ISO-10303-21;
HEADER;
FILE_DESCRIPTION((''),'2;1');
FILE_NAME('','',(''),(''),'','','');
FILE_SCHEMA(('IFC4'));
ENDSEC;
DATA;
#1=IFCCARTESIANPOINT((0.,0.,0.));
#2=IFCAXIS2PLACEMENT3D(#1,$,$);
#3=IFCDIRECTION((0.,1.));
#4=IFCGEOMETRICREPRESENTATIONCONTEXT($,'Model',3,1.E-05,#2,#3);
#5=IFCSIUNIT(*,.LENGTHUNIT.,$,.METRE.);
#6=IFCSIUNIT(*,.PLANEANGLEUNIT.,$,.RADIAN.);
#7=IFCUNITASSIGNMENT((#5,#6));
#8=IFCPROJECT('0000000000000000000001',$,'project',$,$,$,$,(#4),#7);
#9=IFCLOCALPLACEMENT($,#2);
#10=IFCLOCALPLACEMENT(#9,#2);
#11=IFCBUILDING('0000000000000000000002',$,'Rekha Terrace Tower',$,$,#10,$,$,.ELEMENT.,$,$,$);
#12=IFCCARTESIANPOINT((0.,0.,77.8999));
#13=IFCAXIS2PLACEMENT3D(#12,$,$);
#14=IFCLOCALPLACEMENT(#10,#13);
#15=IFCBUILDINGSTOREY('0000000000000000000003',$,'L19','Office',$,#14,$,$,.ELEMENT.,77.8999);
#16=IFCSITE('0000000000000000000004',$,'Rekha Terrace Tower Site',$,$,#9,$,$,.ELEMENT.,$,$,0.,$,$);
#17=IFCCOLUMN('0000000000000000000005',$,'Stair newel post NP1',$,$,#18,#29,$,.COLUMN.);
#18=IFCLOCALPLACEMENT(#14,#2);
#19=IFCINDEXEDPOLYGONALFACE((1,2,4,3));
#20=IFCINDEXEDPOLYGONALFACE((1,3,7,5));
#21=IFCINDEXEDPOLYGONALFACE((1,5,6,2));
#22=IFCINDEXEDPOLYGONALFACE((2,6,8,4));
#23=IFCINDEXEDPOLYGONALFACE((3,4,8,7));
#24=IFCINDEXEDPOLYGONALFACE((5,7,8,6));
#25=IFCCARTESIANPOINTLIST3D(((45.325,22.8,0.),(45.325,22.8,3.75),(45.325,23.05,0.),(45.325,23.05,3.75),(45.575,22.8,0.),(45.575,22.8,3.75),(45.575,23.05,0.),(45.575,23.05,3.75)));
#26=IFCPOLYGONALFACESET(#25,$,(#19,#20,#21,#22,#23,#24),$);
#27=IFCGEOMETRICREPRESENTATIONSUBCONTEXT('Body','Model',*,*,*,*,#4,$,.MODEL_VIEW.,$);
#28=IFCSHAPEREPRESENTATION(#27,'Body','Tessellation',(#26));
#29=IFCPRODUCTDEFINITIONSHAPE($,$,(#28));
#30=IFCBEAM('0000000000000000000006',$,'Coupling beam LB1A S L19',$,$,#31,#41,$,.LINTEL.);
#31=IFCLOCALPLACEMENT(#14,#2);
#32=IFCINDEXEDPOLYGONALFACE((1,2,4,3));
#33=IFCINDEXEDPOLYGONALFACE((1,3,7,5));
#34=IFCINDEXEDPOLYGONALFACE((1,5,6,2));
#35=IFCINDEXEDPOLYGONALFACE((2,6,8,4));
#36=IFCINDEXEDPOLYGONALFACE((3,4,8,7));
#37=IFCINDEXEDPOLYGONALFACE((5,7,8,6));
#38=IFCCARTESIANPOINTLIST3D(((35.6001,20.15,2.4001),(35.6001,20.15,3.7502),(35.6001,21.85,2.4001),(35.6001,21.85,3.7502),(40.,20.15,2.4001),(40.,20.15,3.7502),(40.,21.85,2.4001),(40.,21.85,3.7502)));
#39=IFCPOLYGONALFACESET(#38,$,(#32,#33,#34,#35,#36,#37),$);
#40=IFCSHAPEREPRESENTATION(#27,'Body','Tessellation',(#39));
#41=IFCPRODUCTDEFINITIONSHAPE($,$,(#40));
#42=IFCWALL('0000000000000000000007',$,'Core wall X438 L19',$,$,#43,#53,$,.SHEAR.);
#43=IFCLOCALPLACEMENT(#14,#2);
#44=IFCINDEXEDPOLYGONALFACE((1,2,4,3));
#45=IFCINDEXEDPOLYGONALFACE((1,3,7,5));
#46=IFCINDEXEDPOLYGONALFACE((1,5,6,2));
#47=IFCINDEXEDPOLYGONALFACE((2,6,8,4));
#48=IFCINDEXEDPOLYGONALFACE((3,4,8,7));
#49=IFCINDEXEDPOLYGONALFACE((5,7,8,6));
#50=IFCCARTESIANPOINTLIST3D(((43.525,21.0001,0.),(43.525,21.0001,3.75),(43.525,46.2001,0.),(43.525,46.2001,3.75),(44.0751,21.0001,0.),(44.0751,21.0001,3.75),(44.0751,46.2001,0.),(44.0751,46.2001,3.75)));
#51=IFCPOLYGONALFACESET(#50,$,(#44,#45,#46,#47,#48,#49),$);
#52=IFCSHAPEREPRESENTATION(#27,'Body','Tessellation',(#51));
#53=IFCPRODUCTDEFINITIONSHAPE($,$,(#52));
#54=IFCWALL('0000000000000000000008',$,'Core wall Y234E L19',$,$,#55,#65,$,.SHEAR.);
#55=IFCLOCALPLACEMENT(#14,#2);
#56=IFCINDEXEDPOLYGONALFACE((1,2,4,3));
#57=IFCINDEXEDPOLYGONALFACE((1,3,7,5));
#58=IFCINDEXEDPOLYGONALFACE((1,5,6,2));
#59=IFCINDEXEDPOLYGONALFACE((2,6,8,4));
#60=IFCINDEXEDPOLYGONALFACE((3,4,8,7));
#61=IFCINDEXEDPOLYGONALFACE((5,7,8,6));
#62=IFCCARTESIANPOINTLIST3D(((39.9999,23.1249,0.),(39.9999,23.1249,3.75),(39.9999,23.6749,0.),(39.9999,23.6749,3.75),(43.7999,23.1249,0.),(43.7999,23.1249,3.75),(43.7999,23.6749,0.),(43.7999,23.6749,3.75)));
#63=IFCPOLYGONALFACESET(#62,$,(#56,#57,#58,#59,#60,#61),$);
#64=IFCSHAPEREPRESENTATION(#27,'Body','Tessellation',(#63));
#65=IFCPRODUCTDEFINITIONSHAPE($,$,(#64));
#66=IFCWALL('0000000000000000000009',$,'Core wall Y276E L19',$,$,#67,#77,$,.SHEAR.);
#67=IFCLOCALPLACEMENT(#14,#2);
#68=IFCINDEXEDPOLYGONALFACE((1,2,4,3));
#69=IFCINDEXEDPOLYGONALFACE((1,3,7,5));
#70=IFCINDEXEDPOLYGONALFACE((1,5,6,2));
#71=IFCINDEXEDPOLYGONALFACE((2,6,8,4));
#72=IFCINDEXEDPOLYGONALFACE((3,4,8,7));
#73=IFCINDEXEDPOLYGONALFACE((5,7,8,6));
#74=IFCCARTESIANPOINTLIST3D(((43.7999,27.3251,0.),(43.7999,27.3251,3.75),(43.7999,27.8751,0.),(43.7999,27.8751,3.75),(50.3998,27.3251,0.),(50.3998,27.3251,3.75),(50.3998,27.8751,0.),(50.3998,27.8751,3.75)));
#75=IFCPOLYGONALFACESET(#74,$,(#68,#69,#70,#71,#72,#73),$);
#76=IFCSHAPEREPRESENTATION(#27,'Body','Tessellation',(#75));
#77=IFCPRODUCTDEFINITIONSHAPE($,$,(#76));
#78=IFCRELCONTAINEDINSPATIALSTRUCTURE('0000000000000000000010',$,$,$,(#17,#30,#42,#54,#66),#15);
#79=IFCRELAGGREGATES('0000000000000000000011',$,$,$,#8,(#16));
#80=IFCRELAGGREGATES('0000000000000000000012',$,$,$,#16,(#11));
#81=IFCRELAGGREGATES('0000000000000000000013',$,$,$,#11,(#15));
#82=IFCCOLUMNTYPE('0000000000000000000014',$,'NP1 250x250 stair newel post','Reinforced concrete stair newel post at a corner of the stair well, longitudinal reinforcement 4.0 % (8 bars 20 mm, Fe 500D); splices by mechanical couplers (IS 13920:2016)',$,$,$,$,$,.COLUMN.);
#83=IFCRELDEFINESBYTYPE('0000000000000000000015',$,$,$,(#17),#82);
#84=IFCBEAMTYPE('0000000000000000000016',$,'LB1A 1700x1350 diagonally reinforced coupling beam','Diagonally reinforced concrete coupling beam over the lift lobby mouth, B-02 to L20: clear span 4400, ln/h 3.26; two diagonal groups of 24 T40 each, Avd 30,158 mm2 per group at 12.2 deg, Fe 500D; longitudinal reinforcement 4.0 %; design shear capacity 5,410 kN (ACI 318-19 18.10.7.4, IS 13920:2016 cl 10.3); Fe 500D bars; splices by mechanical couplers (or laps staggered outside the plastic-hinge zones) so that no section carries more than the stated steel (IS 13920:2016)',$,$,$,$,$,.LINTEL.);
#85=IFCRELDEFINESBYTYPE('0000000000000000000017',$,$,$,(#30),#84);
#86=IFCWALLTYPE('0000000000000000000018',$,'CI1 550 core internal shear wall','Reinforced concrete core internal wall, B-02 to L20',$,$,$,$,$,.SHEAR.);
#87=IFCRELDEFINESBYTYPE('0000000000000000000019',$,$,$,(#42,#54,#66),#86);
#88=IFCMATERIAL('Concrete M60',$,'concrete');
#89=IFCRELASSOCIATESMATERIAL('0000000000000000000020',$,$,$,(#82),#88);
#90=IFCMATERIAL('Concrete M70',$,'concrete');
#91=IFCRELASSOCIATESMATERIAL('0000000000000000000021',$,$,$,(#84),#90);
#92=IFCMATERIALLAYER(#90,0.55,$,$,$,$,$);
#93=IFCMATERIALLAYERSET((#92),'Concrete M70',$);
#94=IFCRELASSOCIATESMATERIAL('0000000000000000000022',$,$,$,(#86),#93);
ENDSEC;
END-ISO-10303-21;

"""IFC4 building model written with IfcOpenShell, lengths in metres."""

from ifc_helpers import new_model, si_unit, direction, frame, frame_2d, origin, origin_2d, place, context, subcontext, project, spatial, rectangle, extrude, material, layer, layer_set, material_profile, profile_set, type_object, element, save


model = new_model("IFC4")

# Units and contexts
model_context = context("Model", 3, precision=1e-05, world=origin(), true_north=direction((0.0, 1.0)))
body_context = subcontext(model_context, "Body", "Model", "MODEL_VIEW")
ifc_project = project(units=[si_unit("LENGTHUNIT", "METRE"), si_unit("PLANEANGLEUNIT", "RADIAN")], contexts=[model_context])

# Site, building, storey
site_placement = place(None, origin())
site = spatial("IfcSite", under=ifc_project, at=site_placement, Name="Rekha Terrace Tower Site", CompositionType="ELEMENT", RefElevation=0.0)
building_placement = place(site_placement, origin())
building = spatial("IfcBuilding", under=site, at=building_placement, Name="Rekha Terrace Tower", CompositionType="ELEMENT")
storey_placement = place(building_placement, frame((0.0, 0.0, 77.8999)))
storey = spatial("IfcBuildingStorey", under=building, at=storey_placement, Name="L19", Description="Office", CompositionType="ELEMENT", Elevation=77.8999)

# Column
ifc_material_1 = material(Name="Concrete M60", Category="concrete")
ifc_material_profile_1 = material_profile(ifc_material_1, rectangle(XDim=0.25, YDim=0.25, at=origin_2d()), Name="RC 250x250")
ifc_profile_set_1 = profile_set([ifc_material_profile_1], Name="Concrete M60")
column_type = type_object("IfcColumnType", Name="NP1 250x250 stair newel post", Description="Reinforced concrete stair newel post at a corner of the stair well, longitudinal reinforcement 4.0 % (8 bars 20 mm, Fe 500D); splices by mechanical couplers (IS 13920:2016)", PredefinedType="COLUMN", material=ifc_profile_set_1)
column_placement = place(storey_placement, frame((45.45, 22.925, 0.0), z_axis=(0.0, 0.0, 1.0), x_axis=(1.0, 0.0, 0.0)))
element("IfcColumn", 1, at=column_placement, inside=storey, type_object=column_type, Name="Stair newel post NP1", PredefinedType="COLUMN", context=body_context, shape_type="SweptSolid", body=[
    extrude(rectangle(XDim=0.25, YDim=0.25, at=origin_2d()), origin(), (0.0, 0.0, 1.0), 3.75),
])

# Beam
ifc_material_2 = material(Name="Concrete M70", Category="concrete")
ifc_material_profile_2 = material_profile(ifc_material_2, rectangle(XDim=1.7, YDim=1.3501, at=origin_2d()), Name="RC 1700x1350")
ifc_profile_set_2 = profile_set([ifc_material_profile_2], Name="Concrete M70")
beam_type = type_object("IfcBeamType", Name="LB1A 1700x1350 diagonally reinforced coupling beam", Description="Diagonally reinforced concrete coupling beam over the lift lobby mouth, B-02 to L20: clear span 4400, ln/h 3.26; two diagonal groups of 24 T40 each, Avd 30,158 mm2 per group at 12.2 deg, Fe 500D; longitudinal reinforcement 4.0 %; design shear capacity 5,410 kN (ACI 318-19 18.10.7.4, IS 13920:2016 cl 10.3); Fe 500D bars; splices by mechanical couplers (or laps staggered outside the plastic-hinge zones) so that no section carries more than the stated steel (IS 13920:2016)", PredefinedType="LINTEL", material=ifc_profile_set_2)
beam_placement = place(storey_placement, frame((35.6001, 21.0, 3.0752), z_axis=(1.0, 0.0, 0.0), x_axis=(0.0, 1.0, 0.0)))
element("IfcBeam", 2, at=beam_placement, inside=storey, type_object=beam_type, Name="Coupling beam LB1A S L19", PredefinedType="LINTEL", context=body_context, shape_type="SweptSolid", body=[
    extrude(rectangle(XDim=1.7, YDim=1.3501, at=origin_2d()), origin(), (0.0, 0.0, 1.0), 4.3999),
])

# Walls
ifc_layer_1 = layer(ifc_material_2, 0.55)
ifc_layer_set_1 = layer_set([ifc_layer_1], Name="Concrete M70")
wall_type_1 = type_object("IfcWallType", Name="CI1 550 core internal shear wall", Description="Reinforced concrete core internal wall, B-02 to L20", PredefinedType="SHEAR", material=ifc_layer_set_1)
wall_1_placement = place(storey_placement, frame((43.8, 21.0, 0.0), z_axis=(0.0, 0.0, 1.0), x_axis=(0.0, 1.0, 0.0)))
element("IfcWall", 3, at=wall_1_placement, inside=storey, type_object=wall_type_1, Name="Core wall X438 L19", PredefinedType="SHEAR", context=body_context, shape_type="SweptSolid", body=[
    extrude(rectangle(XDim=25.2, YDim=0.55, at=frame_2d((12.6001, 0.0))), origin(), (0.0, 0.0, 1.0), 3.75),
])
wall_2_placement = place(storey_placement, frame((40.0, 23.3999, 0.0), z_axis=(0.0, 0.0, 1.0), x_axis=(1.0, 0.0, 0.0)))
element("IfcWall", 4, at=wall_2_placement, inside=storey, type_object=wall_type_1, Name="Core wall Y234E L19", PredefinedType="SHEAR", context=body_context, shape_type="SweptSolid", body=[
    extrude(rectangle(XDim=3.8, YDim=0.55, at=frame_2d((1.8999, 0.0))), origin(), (0.0, 0.0, 1.0), 3.75),
])
wall_3_placement = place(storey_placement, frame((43.8, 27.6001, 0.0), z_axis=(0.0, 0.0, 1.0), x_axis=(1.0, 0.0, 0.0)))
element("IfcWall", 5, at=wall_3_placement, inside=storey, type_object=wall_type_1, Name="Core wall Y276E L19", PredefinedType="SHEAR", context=body_context, shape_type="SweptSolid", body=[
    extrude(rectangle(XDim=6.5999, YDim=0.55, at=frame_2d((3.2998, 0.0))), origin(), (0.0, 0.0, 1.0), 3.75),
])

save(model, "model.ifc")
